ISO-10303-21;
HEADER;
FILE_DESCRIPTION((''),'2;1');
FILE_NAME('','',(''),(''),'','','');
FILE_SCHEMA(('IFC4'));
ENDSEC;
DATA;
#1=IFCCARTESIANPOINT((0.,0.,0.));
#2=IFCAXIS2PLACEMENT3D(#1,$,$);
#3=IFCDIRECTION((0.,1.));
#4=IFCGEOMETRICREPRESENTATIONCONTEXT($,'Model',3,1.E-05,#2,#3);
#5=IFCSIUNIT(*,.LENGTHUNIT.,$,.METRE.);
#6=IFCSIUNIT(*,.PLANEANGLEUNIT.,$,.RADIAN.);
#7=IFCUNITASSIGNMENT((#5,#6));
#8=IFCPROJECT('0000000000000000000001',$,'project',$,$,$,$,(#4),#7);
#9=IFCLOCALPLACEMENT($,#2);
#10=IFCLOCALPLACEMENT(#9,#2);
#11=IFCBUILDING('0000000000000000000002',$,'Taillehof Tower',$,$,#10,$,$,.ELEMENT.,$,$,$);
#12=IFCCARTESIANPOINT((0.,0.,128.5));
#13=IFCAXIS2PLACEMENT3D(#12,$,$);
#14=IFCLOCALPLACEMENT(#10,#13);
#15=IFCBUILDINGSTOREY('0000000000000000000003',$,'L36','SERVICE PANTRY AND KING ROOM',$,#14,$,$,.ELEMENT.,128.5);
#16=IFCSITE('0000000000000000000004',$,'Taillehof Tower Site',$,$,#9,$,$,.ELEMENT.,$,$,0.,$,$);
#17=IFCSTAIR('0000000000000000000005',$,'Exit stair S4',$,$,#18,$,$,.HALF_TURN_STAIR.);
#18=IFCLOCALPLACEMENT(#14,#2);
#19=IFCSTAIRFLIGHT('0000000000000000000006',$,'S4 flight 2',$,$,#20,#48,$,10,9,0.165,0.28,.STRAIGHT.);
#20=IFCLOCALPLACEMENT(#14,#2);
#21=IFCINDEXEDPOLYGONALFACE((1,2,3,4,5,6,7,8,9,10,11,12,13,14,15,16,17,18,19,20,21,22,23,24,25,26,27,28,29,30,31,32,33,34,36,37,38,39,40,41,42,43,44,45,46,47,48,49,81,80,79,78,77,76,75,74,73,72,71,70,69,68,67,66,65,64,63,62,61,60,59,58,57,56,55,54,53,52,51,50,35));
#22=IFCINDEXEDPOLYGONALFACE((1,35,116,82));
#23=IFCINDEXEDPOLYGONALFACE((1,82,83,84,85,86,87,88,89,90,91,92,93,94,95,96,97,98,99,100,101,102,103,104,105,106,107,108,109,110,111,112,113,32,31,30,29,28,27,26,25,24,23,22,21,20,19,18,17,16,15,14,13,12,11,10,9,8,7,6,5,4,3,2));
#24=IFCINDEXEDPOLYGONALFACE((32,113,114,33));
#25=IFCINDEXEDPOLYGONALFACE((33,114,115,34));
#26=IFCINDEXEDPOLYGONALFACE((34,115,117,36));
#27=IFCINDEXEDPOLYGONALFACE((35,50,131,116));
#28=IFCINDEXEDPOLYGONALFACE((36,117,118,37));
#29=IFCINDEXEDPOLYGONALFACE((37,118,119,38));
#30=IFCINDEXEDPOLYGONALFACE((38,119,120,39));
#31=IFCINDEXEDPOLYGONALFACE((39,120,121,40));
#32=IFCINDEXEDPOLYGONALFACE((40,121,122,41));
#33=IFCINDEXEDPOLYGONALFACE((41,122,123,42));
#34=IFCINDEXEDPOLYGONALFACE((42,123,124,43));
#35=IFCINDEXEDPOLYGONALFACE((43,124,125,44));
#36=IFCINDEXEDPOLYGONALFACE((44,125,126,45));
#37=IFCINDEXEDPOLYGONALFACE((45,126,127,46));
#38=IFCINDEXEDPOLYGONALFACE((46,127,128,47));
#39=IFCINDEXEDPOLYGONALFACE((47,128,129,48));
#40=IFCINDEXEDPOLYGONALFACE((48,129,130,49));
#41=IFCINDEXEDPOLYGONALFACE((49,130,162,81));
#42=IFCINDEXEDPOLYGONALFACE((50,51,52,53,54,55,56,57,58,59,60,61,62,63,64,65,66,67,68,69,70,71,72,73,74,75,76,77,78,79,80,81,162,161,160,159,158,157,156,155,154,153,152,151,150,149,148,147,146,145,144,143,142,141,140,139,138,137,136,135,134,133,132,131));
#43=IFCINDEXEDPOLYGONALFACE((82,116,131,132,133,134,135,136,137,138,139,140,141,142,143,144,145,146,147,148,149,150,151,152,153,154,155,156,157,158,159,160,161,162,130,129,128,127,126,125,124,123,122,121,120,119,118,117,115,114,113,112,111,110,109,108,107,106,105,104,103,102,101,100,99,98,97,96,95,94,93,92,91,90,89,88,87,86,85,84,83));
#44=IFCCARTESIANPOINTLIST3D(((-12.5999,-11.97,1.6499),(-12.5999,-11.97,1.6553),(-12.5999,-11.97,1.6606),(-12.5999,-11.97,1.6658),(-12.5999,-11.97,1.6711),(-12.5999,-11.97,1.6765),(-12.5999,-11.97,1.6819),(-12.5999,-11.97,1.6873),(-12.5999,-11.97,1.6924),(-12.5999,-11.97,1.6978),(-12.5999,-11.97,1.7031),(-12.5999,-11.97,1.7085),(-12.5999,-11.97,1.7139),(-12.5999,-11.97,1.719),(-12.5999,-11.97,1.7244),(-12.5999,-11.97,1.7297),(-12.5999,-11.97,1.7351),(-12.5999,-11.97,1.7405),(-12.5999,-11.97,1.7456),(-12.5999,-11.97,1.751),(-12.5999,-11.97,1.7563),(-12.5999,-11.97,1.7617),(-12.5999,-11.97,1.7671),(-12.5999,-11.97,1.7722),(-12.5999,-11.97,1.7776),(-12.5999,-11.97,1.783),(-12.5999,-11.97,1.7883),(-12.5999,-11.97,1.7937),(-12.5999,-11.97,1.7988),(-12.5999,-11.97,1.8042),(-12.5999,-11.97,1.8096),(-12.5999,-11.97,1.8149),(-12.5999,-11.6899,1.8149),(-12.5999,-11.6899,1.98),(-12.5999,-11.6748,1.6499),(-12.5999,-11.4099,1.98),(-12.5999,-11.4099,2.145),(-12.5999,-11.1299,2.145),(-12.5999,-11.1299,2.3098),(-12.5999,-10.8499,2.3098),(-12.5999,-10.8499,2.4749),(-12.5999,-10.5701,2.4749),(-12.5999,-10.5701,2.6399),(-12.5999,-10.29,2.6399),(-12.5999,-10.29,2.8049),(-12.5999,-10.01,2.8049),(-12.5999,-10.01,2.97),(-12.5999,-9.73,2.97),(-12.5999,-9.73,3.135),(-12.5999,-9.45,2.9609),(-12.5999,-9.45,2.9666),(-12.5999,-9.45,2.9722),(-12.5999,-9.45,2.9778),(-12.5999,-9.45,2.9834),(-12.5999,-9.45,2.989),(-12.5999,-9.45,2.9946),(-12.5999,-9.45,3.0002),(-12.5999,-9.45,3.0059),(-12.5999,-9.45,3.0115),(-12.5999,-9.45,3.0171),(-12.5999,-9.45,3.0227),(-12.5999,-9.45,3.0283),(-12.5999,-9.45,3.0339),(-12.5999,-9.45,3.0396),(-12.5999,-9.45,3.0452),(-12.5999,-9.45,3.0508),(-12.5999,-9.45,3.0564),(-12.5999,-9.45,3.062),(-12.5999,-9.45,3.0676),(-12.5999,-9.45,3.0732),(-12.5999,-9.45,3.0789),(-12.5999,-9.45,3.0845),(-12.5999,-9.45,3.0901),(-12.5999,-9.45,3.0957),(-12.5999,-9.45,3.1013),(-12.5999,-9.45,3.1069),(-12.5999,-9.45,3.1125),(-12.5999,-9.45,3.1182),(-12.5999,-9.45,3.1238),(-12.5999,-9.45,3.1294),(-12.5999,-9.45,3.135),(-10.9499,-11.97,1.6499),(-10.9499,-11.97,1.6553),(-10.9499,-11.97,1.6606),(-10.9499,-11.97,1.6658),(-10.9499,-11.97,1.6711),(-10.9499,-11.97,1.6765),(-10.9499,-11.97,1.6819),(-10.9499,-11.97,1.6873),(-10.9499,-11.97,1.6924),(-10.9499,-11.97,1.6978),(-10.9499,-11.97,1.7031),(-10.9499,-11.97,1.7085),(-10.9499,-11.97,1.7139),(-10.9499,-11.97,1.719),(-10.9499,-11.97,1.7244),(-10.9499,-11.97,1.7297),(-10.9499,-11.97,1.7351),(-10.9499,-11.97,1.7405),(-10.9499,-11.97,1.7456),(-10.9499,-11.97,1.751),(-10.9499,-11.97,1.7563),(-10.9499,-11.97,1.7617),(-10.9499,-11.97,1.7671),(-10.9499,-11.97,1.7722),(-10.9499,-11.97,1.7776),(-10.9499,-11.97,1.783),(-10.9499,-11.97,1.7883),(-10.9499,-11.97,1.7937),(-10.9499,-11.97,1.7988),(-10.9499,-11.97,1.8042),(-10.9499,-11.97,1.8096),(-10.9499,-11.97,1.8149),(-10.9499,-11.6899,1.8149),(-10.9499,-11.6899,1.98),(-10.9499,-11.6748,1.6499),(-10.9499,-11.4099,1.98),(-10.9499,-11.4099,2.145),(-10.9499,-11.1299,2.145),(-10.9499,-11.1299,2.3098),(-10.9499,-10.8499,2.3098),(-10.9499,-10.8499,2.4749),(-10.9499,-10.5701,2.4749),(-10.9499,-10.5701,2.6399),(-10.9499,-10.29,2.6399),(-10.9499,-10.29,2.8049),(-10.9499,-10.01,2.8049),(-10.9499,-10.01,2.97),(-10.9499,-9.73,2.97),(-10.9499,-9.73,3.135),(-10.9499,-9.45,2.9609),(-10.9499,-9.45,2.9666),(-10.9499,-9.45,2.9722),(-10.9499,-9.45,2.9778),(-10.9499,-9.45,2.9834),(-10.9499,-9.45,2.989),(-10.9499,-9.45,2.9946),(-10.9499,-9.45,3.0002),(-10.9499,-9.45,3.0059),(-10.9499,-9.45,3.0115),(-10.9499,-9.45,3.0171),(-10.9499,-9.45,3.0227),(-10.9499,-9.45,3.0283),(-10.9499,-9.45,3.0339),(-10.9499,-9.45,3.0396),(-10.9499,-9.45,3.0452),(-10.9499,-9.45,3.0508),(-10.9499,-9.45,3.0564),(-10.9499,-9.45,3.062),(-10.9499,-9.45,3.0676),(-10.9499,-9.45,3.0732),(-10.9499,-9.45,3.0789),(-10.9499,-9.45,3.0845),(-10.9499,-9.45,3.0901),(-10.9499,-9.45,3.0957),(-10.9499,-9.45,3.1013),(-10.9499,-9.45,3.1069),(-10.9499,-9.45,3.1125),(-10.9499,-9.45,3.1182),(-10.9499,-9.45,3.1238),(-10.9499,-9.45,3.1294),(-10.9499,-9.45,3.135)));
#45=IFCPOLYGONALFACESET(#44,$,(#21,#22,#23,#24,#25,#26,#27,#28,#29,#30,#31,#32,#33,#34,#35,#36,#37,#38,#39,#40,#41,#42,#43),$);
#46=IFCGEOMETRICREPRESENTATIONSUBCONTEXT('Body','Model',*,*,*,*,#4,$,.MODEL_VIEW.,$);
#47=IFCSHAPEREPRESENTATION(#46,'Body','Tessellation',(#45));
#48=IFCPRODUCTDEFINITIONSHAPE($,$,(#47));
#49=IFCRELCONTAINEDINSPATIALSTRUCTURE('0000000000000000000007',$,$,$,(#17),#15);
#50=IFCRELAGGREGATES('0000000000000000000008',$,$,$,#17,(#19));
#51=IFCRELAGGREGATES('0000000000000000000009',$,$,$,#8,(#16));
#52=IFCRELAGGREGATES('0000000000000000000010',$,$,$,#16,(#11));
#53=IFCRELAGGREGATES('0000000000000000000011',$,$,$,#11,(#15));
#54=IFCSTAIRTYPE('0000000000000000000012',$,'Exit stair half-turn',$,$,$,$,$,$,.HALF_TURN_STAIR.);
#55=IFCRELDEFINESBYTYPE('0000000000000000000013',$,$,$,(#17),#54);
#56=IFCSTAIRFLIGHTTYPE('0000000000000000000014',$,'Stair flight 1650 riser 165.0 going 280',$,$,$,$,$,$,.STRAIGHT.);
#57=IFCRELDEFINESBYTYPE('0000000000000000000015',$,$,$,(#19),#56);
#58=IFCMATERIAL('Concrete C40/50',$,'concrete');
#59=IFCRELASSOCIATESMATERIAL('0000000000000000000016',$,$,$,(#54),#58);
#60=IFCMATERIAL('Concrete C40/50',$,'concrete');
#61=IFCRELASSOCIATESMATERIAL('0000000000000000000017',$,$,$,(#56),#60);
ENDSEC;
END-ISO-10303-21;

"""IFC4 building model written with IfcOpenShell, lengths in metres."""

from ifc_helpers import new_model, si_unit, direction, frame, origin, place, context, subcontext, project, spatial, polyline, outline, extrude, material, type_object, element, aggregate, save


model = new_model("IFC4")

# Units and contexts
model_context = context("Model", 3, precision=1e-05, world=origin(), true_north=direction((0.0, 1.0)))
body_context = subcontext(model_context, "Body", "Model", "MODEL_VIEW")
ifc_project = project(units=[si_unit("LENGTHUNIT", "METRE"), si_unit("PLANEANGLEUNIT", "RADIAN")], contexts=[model_context])

# Site, building, storey
site_placement = place(None, origin())
site = spatial("IfcSite", under=ifc_project, at=site_placement, Name="Taillehof Tower Site", CompositionType="ELEMENT", RefElevation=0.0)
building_placement = place(site_placement, origin())
building = spatial("IfcBuilding", under=site, at=building_placement, Name="Taillehof Tower", CompositionType="ELEMENT")
storey_placement = place(building_placement, frame((0.0, 0.0, 128.5)))
storey = spatial("IfcBuildingStorey", under=building, at=storey_placement, Name="L36", Description="SERVICE PANTRY AND KING ROOM", CompositionType="ELEMENT", Elevation=128.5)

# Stair, stair flight
ifc_material_1 = material(Name="Concrete C40/50", Category="concrete")
stair_type = type_object("IfcStairType", Name="Exit stair half-turn", PredefinedType="HALF_TURN_STAIR", material=ifc_material_1)
stair_placement = place(storey_placement, origin())
stair = element("IfcStair", 1, at=stair_placement, inside=storey, type_object=stair_type, Name="Exit stair S4", PredefinedType="HALF_TURN_STAIR")
ifc_material_2 = material(Name="Concrete C40/50", Category="concrete")
stair_flight_type = type_object("IfcStairFlightType", Name="Stair flight 1650 riser 165.0 going 280", PredefinedType="STRAIGHT", material=ifc_material_2)
stair_flight_1_placement = place(storey_placement, frame((-11.7749, -11.97, 1.6499), z_axis=(0.0, 0.0, 1.0), x_axis=(0.0, 1.0, 0.0)))
stair_flight_1 = element("IfcStairFlight", 2, at=stair_flight_1_placement, type_object=stair_flight_type, Name="S4 flight 2", NumberOfRisers=10, NumberOfTreads=9, PredefinedType="STRAIGHT", RiserHeight=0.165, TreadLength=0.28, context=body_context, shape_type="SweptSolid", body=[
    extrude(outline(polyline([(0.0, 0.0), (0.0, 0.0054), (0.0, 0.0107), (0.0, 0.0159), (0.0, 0.0212), (0.0, 0.0266), (0.0, 0.032), (0.0, 0.0374), (0.0, 0.0425), (0.0, 0.0479), (0.0, 0.0532), (0.0, 0.0586), (0.0, 0.064), (0.0, 0.0691), (0.0, 0.0745), (0.0, 0.0798), (0.0, 0.0852), (0.0, 0.0906), (0.0, 0.0957), (0.0, 0.1011), (0.0, 0.1064), (0.0, 0.1118), (0.0, 0.1172), (0.0, 0.1223), (0.0, 0.1277), (0.0, 0.1331), (0.0, 0.1384), (0.0, 0.1438), (0.0, 0.1489), (0.0, 0.1543), (0.0, 0.1597), (0.0, 0.165), (0.28, 0.165), (0.28, 0.3301), (0.5601, 0.3301), (0.5601, 0.4951), (0.8401, 0.4951), (0.8401, 0.6599), (1.1201, 0.6599), (1.1201, 0.825), (1.3999, 0.825), (1.3999, 0.99), (1.6799, 0.99), (1.6799, 1.155), (1.96, 1.155), (1.96, 1.3201), (2.24, 1.3201), (2.24, 1.4851), (2.52, 1.4851), (2.52, 1.4795), (2.52, 1.4739), (2.52, 1.4683), (2.52, 1.4626), (2.52, 1.457), (2.52, 1.4514), (2.52, 1.4458), (2.52, 1.4402), (2.52, 1.4346), (2.52, 1.429), (2.52, 1.4233), (2.52, 1.4177), (2.52, 1.4121), (2.52, 1.4065), (2.52, 1.4009), (2.52, 1.3953), (2.52, 1.3896), (2.52, 1.384), (2.52, 1.3784), (2.52, 1.3728), (2.52, 1.3672), (2.52, 1.3616), (2.52, 1.356), (2.52, 1.3503), (2.52, 1.3447), (2.52, 1.3391), (2.52, 1.3335), (2.52, 1.3279), (2.52, 1.3223), (2.52, 1.3167), (2.52, 1.311), (0.2952, 0.0), (0.0, 0.0)])), frame((0.0, 0.825, 0.0), z_axis=(0.0, -1.0, 0.0), x_axis=(1.0, 0.0, 0.0)), (0.0, 0.0, 1.0), 1.65),
])
aggregate(stair, [stair_flight_1])

save(model, "model.ifc")
